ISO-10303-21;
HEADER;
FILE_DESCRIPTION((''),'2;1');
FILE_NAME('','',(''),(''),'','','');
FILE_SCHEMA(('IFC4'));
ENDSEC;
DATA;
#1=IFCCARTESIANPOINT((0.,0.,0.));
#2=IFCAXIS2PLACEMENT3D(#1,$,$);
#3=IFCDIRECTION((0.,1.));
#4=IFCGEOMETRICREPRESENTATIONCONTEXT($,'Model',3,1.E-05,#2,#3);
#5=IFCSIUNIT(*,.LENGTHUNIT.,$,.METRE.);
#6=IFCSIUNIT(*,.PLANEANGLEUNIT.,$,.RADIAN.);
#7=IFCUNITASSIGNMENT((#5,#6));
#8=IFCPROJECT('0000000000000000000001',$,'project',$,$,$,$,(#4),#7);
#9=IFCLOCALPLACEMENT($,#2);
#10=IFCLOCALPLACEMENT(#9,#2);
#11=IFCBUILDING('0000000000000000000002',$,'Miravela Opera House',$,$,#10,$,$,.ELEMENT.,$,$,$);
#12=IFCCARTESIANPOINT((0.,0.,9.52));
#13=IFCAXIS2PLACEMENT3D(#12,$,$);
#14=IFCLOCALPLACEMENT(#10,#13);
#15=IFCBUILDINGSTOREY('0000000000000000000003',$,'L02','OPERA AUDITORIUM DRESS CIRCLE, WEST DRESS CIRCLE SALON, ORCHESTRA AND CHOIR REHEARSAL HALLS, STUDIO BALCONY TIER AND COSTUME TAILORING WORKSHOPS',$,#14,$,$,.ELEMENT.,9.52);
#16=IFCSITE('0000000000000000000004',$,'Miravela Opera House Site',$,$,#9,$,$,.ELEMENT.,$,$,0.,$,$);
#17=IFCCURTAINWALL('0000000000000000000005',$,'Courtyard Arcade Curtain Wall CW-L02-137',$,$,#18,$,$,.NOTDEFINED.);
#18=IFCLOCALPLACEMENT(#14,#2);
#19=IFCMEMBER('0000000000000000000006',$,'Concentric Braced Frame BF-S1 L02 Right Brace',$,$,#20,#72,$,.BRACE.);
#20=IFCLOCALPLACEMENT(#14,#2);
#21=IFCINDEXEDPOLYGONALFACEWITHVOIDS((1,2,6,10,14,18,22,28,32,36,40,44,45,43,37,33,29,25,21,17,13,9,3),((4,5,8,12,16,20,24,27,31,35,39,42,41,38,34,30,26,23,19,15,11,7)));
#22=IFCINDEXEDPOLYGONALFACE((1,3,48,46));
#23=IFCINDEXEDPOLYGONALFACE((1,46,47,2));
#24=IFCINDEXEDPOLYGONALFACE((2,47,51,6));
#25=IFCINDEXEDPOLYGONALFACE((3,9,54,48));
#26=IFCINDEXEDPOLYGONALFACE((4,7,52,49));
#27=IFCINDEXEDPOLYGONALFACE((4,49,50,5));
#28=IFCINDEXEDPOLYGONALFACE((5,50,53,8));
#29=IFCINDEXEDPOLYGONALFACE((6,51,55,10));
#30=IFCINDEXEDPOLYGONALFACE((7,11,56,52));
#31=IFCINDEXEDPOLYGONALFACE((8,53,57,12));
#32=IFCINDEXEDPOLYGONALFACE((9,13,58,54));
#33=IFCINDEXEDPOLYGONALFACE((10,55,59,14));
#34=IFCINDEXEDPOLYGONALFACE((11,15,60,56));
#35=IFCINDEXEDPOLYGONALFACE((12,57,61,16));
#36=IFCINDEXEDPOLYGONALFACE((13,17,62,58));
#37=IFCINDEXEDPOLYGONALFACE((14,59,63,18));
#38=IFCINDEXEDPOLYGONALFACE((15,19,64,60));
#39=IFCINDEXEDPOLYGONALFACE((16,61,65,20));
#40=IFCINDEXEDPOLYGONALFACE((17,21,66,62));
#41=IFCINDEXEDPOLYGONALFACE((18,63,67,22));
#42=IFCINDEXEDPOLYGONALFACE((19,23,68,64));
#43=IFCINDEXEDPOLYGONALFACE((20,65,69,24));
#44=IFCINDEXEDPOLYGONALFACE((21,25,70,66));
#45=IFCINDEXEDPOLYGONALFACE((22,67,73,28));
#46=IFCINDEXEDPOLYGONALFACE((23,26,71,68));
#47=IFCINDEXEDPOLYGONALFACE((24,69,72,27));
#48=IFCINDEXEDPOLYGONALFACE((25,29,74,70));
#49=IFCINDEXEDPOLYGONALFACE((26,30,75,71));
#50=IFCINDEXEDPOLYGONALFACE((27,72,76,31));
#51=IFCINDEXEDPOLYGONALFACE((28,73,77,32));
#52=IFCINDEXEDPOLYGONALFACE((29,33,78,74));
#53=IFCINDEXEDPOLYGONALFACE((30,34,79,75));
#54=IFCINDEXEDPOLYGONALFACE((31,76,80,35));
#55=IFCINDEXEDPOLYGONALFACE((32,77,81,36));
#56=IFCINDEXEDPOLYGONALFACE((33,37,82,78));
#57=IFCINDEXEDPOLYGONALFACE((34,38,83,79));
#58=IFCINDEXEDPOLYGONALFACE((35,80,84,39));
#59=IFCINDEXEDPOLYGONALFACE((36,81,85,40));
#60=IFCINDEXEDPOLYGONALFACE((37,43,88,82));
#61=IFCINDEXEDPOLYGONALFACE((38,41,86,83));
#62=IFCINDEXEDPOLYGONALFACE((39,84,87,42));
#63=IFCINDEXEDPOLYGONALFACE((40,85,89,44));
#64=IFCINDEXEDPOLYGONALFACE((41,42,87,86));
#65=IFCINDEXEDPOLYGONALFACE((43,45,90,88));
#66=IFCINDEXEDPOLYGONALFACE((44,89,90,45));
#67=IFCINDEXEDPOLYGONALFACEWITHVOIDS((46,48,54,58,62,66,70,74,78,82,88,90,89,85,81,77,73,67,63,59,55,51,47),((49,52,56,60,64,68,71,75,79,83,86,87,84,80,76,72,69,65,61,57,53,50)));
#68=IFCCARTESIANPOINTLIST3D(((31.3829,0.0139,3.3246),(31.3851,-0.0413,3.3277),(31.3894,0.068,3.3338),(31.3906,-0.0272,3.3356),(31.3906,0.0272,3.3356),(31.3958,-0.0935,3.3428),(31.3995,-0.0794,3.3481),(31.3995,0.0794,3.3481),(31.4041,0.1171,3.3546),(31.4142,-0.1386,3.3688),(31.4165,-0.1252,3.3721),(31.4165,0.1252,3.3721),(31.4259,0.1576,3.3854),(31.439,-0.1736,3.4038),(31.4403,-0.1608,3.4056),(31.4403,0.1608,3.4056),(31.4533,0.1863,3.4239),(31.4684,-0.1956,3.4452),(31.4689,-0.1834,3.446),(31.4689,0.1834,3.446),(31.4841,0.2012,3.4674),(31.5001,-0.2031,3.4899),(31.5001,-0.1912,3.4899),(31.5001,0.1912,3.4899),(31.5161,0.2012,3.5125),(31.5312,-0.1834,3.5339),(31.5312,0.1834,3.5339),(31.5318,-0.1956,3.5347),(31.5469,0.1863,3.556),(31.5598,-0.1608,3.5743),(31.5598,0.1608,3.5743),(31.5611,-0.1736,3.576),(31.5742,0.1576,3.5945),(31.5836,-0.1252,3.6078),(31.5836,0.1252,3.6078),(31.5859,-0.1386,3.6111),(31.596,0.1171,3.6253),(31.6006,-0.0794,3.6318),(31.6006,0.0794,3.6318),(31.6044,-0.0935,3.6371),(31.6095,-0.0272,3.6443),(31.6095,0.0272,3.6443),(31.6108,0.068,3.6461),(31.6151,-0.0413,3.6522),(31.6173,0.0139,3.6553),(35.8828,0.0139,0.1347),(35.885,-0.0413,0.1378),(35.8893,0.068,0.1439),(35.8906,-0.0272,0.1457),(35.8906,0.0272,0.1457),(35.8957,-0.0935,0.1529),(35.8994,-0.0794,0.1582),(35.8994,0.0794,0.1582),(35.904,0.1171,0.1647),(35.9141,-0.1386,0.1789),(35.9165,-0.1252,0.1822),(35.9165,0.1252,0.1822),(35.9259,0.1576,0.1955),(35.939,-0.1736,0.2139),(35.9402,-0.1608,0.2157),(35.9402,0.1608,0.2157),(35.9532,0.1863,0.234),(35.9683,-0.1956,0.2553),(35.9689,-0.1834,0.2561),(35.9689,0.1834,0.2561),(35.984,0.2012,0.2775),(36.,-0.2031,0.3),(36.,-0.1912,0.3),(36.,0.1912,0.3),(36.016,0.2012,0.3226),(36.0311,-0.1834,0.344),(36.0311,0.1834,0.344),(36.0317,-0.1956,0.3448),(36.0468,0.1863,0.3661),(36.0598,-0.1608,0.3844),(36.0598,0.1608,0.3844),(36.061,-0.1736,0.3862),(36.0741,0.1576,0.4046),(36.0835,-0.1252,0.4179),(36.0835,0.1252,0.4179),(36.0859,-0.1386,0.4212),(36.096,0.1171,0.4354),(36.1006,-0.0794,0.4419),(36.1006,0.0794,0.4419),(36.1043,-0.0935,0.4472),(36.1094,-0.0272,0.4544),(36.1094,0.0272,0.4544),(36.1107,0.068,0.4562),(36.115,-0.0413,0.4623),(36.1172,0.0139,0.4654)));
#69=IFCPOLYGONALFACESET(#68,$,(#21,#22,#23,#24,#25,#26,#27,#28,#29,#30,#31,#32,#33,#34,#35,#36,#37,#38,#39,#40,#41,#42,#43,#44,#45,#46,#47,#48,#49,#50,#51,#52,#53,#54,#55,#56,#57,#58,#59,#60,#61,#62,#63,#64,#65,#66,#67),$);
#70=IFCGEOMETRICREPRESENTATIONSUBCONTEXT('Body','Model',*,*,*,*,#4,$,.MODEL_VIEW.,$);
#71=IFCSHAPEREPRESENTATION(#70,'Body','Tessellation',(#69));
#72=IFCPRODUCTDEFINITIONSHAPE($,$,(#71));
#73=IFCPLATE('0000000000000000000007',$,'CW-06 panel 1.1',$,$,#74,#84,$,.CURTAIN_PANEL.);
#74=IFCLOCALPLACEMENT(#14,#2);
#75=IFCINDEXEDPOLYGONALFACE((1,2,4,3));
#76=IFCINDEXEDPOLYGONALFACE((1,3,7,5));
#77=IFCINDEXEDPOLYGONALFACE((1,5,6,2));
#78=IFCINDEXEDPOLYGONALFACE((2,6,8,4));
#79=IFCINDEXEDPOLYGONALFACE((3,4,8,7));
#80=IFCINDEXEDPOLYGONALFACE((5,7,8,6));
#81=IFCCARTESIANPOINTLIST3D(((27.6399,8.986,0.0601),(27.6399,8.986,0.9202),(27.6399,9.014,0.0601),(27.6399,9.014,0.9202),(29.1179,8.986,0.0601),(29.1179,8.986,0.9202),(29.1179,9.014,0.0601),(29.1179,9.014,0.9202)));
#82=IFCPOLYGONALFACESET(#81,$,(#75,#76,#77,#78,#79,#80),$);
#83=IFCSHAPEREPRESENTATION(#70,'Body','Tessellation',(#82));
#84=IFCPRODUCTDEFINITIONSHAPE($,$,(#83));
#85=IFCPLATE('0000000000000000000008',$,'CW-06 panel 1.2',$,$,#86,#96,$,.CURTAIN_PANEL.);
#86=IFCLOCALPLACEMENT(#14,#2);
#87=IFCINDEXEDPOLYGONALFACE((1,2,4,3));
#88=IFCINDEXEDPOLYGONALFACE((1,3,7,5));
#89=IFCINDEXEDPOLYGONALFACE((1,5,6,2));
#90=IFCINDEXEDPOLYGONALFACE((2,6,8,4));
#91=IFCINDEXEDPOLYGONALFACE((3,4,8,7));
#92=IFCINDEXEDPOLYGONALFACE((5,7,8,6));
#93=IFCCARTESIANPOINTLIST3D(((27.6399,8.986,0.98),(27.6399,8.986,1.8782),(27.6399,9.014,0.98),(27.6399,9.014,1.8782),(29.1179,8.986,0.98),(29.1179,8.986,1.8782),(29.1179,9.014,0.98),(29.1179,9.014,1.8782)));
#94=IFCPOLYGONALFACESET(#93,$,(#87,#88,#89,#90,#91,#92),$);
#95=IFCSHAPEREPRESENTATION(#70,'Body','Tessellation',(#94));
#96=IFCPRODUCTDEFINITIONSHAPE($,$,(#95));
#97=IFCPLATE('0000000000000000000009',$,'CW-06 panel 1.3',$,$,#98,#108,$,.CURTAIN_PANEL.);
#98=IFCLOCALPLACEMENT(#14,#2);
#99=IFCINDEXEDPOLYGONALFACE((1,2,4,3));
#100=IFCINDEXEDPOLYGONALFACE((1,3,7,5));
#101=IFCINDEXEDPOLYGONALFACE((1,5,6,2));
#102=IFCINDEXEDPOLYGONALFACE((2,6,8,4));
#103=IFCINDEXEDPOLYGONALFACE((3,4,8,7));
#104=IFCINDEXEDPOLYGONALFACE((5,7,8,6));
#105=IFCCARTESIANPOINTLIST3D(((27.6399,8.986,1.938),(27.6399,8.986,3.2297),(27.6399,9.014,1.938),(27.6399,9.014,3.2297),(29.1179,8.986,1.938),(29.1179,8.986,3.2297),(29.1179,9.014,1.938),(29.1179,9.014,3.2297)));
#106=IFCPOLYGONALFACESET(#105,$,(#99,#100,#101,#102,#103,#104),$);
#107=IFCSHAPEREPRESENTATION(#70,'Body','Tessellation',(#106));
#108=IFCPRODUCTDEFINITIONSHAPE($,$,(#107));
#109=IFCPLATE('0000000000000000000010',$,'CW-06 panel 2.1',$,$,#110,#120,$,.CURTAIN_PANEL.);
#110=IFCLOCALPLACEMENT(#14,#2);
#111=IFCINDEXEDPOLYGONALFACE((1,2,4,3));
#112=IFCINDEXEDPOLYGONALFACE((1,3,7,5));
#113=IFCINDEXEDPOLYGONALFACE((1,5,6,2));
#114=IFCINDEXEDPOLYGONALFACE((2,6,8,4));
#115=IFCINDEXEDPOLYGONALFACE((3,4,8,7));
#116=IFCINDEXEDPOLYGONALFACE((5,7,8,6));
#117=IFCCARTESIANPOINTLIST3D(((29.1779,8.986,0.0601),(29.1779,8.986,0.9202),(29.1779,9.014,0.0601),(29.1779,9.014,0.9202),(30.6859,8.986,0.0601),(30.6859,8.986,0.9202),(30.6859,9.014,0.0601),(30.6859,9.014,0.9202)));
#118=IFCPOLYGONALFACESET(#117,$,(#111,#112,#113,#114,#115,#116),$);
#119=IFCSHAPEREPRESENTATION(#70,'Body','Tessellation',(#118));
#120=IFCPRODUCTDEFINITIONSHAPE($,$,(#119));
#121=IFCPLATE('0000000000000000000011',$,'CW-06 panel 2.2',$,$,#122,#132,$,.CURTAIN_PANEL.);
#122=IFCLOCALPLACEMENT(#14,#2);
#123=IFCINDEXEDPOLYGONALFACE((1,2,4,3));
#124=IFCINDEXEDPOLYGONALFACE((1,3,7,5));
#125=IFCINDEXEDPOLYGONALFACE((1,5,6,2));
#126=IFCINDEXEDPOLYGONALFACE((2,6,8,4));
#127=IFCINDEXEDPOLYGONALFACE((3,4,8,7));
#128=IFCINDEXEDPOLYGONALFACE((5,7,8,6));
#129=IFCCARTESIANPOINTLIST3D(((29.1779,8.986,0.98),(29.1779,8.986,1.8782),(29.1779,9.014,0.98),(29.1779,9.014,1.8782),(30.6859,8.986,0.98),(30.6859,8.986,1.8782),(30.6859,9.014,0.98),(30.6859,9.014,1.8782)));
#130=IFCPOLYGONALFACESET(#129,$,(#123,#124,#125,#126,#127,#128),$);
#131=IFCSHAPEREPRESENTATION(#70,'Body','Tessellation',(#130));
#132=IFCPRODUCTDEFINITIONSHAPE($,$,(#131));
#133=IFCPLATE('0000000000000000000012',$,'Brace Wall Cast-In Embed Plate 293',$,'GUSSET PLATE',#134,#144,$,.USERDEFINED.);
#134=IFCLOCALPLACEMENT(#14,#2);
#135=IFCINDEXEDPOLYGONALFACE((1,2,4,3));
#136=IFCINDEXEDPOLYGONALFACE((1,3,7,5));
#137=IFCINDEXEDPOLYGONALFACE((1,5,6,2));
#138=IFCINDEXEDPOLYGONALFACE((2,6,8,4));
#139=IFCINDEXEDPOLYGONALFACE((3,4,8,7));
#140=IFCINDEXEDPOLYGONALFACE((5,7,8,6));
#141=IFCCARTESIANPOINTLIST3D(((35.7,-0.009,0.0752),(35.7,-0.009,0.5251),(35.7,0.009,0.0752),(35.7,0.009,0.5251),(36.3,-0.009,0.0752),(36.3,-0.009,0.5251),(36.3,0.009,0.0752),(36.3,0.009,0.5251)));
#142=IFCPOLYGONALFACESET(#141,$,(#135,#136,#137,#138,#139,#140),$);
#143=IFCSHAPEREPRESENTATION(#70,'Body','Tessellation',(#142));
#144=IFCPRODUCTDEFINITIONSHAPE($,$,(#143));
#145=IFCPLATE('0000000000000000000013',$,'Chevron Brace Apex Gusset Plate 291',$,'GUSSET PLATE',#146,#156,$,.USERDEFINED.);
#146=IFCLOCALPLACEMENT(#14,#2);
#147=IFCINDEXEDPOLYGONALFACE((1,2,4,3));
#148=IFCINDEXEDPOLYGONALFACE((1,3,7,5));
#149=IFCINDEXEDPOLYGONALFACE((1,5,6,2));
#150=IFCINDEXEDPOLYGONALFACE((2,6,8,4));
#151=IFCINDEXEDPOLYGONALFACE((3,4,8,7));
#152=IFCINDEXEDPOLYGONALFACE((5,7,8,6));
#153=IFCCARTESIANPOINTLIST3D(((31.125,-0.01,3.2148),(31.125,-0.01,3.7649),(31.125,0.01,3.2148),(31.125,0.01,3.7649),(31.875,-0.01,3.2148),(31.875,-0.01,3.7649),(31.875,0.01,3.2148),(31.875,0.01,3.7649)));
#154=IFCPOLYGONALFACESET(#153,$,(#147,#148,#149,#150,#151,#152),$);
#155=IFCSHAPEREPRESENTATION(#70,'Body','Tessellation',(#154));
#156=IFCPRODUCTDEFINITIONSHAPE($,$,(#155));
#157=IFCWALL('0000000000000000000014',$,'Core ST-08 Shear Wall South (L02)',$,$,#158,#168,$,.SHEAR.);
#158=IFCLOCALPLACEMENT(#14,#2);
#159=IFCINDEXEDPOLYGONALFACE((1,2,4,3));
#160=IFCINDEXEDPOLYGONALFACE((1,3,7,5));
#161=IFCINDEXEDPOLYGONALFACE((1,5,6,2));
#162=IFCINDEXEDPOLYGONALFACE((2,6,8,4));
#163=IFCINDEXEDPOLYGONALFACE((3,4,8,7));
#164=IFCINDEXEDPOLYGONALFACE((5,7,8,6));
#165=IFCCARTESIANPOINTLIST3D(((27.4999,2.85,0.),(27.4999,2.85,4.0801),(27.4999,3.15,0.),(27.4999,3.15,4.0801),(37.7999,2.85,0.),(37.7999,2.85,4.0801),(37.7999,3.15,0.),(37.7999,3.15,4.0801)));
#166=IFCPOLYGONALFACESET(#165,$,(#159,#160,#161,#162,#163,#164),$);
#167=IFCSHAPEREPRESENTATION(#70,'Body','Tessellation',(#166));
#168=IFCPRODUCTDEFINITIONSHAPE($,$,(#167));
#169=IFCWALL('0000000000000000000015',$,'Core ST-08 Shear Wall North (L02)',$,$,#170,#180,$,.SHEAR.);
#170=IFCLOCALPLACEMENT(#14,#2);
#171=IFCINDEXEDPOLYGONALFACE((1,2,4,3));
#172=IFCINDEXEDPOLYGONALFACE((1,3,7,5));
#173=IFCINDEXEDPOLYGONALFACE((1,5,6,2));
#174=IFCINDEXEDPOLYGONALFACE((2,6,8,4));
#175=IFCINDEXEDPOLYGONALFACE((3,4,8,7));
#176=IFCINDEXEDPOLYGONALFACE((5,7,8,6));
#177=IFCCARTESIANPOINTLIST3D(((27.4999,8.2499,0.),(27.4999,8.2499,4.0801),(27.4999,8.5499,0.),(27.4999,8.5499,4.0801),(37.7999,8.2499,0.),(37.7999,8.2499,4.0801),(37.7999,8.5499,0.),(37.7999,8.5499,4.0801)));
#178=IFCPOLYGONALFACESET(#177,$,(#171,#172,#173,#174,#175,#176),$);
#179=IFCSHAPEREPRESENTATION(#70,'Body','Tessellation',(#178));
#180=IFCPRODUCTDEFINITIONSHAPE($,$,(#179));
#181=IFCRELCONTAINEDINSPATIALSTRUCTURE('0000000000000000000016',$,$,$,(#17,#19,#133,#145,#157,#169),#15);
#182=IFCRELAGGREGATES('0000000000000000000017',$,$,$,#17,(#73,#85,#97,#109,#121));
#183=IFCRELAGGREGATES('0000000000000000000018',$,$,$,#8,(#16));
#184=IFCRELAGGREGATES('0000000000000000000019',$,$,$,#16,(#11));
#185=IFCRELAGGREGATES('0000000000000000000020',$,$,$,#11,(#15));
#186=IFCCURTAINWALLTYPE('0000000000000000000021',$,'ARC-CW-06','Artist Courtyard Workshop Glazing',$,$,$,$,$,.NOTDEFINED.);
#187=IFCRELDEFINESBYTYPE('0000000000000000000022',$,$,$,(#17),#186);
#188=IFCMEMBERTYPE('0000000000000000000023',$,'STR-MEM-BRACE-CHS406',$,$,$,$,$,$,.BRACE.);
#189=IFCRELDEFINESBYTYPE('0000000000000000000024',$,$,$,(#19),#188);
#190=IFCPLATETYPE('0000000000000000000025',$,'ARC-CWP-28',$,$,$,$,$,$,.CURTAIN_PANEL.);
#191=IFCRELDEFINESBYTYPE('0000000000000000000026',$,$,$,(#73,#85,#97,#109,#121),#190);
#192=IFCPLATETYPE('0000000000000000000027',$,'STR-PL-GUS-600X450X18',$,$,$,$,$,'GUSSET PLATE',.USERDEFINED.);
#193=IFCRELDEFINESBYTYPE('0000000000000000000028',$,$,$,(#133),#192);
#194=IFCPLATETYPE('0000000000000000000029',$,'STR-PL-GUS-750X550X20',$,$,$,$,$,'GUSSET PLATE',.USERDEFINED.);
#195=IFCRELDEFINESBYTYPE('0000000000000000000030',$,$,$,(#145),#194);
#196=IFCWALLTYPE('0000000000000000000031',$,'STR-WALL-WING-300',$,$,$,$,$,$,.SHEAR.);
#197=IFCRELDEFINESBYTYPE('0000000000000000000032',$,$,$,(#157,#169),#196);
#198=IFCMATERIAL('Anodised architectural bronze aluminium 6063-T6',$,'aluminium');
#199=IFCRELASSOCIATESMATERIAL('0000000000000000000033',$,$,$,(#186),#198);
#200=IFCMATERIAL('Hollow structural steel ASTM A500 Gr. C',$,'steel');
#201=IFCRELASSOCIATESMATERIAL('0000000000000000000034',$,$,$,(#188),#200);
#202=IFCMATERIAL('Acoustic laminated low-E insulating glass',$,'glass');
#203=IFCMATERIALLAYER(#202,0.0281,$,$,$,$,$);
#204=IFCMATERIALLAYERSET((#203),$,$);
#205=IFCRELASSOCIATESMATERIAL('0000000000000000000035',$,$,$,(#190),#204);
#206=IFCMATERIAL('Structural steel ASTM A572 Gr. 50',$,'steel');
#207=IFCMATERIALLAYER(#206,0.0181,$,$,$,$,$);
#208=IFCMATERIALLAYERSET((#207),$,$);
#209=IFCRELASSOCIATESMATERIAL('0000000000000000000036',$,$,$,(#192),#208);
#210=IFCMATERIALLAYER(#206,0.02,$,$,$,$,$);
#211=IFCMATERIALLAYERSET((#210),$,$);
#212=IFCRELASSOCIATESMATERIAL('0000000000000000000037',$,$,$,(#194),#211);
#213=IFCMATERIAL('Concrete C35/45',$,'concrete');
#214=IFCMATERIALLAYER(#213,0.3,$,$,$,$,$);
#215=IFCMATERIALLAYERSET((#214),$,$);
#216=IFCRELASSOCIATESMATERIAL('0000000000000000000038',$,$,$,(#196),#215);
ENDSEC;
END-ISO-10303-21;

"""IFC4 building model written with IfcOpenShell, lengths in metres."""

from ifc_helpers import new_model, si_unit, direction, frame, frame_2d, origin, origin_2d, place, context, subcontext, project, spatial, rectangle, hollow_circle, extrude, material, layer, layer_set, material_profile, profile_set, type_object, element, aggregate, save


model = new_model("IFC4")

# Units and contexts
model_context = context("Model", 3, precision=1e-05, world=origin(), true_north=direction((0.0, 1.0)))
body_context = subcontext(model_context, "Body", "Model", "MODEL_VIEW")
ifc_project = project(units=[si_unit("LENGTHUNIT", "METRE"), si_unit("PLANEANGLEUNIT", "RADIAN")], contexts=[model_context])

# Site, building, storey
site_placement = place(None, origin())
site = spatial("IfcSite", under=ifc_project, at=site_placement, Name="Miravela Opera House Site", CompositionType="ELEMENT", RefElevation=0.0)
building_placement = place(site_placement, origin())
building = spatial("IfcBuilding", under=site, at=building_placement, Name="Miravela Opera House", CompositionType="ELEMENT")
storey_placement = place(building_placement, frame((0.0, 0.0, 9.52)))
storey = spatial("IfcBuildingStorey", under=building, at=storey_placement, Name="L02", Description="OPERA AUDITORIUM DRESS CIRCLE, WEST DRESS CIRCLE SALON, ORCHESTRA AND CHOIR REHEARSAL HALLS, STUDIO BALCONY TIER AND COSTUME TAILORING WORKSHOPS", CompositionType="ELEMENT", Elevation=9.52)

# Shared definitions
ifc_material_1 = material(Name="Concrete C35/45", Category="concrete")

# Curtain wall
ifc_material_2 = material(Name="Anodised architectural bronze aluminium 6063-T6", Category="aluminium")
curtain_wall_type = type_object("IfcCurtainWallType", Name="ARC-CW-06", Description="Artist Courtyard Workshop Glazing", PredefinedType="NOTDEFINED", material=ifc_material_2)
curtain_wall_placement = place(storey_placement, origin())
curtain_wall = element("IfcCurtainWall", 1, at=curtain_wall_placement, inside=storey, type_object=curtain_wall_type, Name="Courtyard Arcade Curtain Wall CW-L02-137", PredefinedType="NOTDEFINED")

# Member
ifc_material_3 = material(Name="Hollow structural steel ASTM A500 Gr. C", Category="steel")
ifc_material_profile_1 = material_profile(ifc_material_3, hollow_circle(Radius=0.2031, WallThickness=0.012, at=origin_2d()), Name="CHS406X12")
ifc_profile_set_1 = profile_set([ifc_material_profile_1])
member_type_1 = type_object("IfcMemberType", Name="STR-MEM-BRACE-CHS406", PredefinedType="BRACE", material=ifc_profile_set_1)
member_1_placement = place(storey_placement, frame((36.0, 0.0, 0.3), z_axis=(-0.815816, 0.0, 0.578312), x_axis=(0.0, -1.0, 0.0)))
element("IfcMember", 2, at=member_1_placement, inside=storey, type_object=member_type_1, Name="Concentric Braced Frame BF-S1 L02 Right Brace", PredefinedType="BRACE", context=body_context, shape_type="SweptSolid", body=[
    extrude(hollow_circle(Radius=0.2031, WallThickness=0.012, at=origin_2d()), origin(), (0.0, 0.0, 1.0), 5.5159),
])

# Plates
ifc_material_4 = material(Name="Acoustic laminated low-E insulating glass", Category="glass")
ifc_layer_1 = layer(ifc_material_4, 0.0281)
ifc_layer_set_1 = layer_set([ifc_layer_1])
plate_type_1 = type_object("IfcPlateType", Name="ARC-CWP-28", PredefinedType="CURTAIN_PANEL", material=ifc_layer_set_1)
plate_1_placement = place(storey_placement, frame((28.3789, 9.0, 0.0601), z_axis=(0.0, 0.0, 1.0), x_axis=(1.0, 0.0, 0.0)))
plate_1 = element("IfcPlate", 3, at=plate_1_placement, type_object=plate_type_1, Name="CW-06 panel 1.1", PredefinedType="CURTAIN_PANEL", context=body_context, shape_type="SweptSolid", body=[
    extrude(rectangle(XDim=1.478, YDim=0.0281, at=origin_2d()), origin(), (0.0, 0.0, 1.0), 0.8601),
])
plate_2_placement = place(storey_placement, frame((28.3789, 9.0, 0.98), z_axis=(0.0, 0.0, 1.0), x_axis=(1.0, 0.0, 0.0)))
plate_2 = element("IfcPlate", 4, at=plate_2_placement, type_object=plate_type_1, Name="CW-06 panel 1.2", PredefinedType="CURTAIN_PANEL", context=body_context, shape_type="SweptSolid", body=[
    extrude(rectangle(XDim=1.478, YDim=0.0281, at=origin_2d()), origin(), (0.0, 0.0, 1.0), 0.8982),
])
plate_3_placement = place(storey_placement, frame((28.3789, 9.0, 1.938), z_axis=(0.0, 0.0, 1.0), x_axis=(1.0, 0.0, 0.0)))
plate_3 = element("IfcPlate", 5, at=plate_3_placement, type_object=plate_type_1, Name="CW-06 panel 1.3", PredefinedType="CURTAIN_PANEL", context=body_context, shape_type="SweptSolid", body=[
    extrude(rectangle(XDim=1.478, YDim=0.0281, at=origin_2d()), origin(), (0.0, 0.0, 1.0), 1.2917),
])
plate_4_placement = place(storey_placement, frame((29.9319, 9.0, 0.0601), z_axis=(0.0, 0.0, 1.0), x_axis=(1.0, 0.0, 0.0)))
plate_4 = element("IfcPlate", 6, at=plate_4_placement, type_object=plate_type_1, Name="CW-06 panel 2.1", PredefinedType="CURTAIN_PANEL", context=body_context, shape_type="SweptSolid", body=[
    extrude(rectangle(XDim=1.5081, YDim=0.0281, at=origin_2d()), origin(), (0.0, 0.0, 1.0), 0.8601),
])
plate_5_placement = place(storey_placement, frame((29.9319, 9.0, 0.98), z_axis=(0.0, 0.0, 1.0), x_axis=(1.0, 0.0, 0.0)))
plate_5 = element("IfcPlate", 7, at=plate_5_placement, type_object=plate_type_1, Name="CW-06 panel 2.2", PredefinedType="CURTAIN_PANEL", context=body_context, shape_type="SweptSolid", body=[
    extrude(rectangle(XDim=1.5081, YDim=0.0281, at=origin_2d()), origin(), (0.0, 0.0, 1.0), 0.8982),
])
aggregate(curtain_wall, [plate_1, plate_2, plate_3, plate_4, plate_5])

# Plates
ifc_material_5 = material(Name="Structural steel ASTM A572 Gr. 50", Category="steel")
ifc_layer_2 = layer(ifc_material_5, 0.0181)
ifc_layer_set_2 = layer_set([ifc_layer_2])
plate_type_2 = type_object("IfcPlateType", Name="STR-PL-GUS-600X450X18", ElementType="GUSSET PLATE", PredefinedType="USERDEFINED", material=ifc_layer_set_2)
plate_6_placement = place(storey_placement, frame((36.0, 0.0, 0.0752), z_axis=(0.0, 0.0, 1.0), x_axis=(1.0, 0.0, 0.0)))
element("IfcPlate", 8, at=plate_6_placement, inside=storey, type_object=plate_type_2, Name="Brace Wall Cast-In Embed Plate 293", ObjectType="GUSSET PLATE", PredefinedType="USERDEFINED", context=body_context, shape_type="SweptSolid", body=[
    extrude(rectangle(XDim=0.6001, YDim=0.0181, at=origin_2d()), origin(), (0.0, 0.0, 1.0), 0.45),
])
ifc_layer_3 = layer(ifc_material_5, 0.02)
ifc_layer_set_3 = layer_set([ifc_layer_3])
plate_type_3 = type_object("IfcPlateType", Name="STR-PL-GUS-750X550X20", ElementType="GUSSET PLATE", PredefinedType="USERDEFINED", material=ifc_layer_set_3)
plate_7_placement = place(storey_placement, frame((31.5, 0.0, 3.2148), z_axis=(0.0, 0.0, 1.0), x_axis=(1.0, 0.0, 0.0)))
element("IfcPlate", 9, at=plate_7_placement, inside=storey, type_object=plate_type_3, Name="Chevron Brace Apex Gusset Plate 291", ObjectType="GUSSET PLATE", PredefinedType="USERDEFINED", context=body_context, shape_type="SweptSolid", body=[
    extrude(rectangle(XDim=0.75, YDim=0.02, at=origin_2d()), origin(), (0.0, 0.0, 1.0), 0.55),
])

# Walls
ifc_layer_4 = layer(ifc_material_1, 0.3)
ifc_layer_set_4 = layer_set([ifc_layer_4])
wall_type = type_object("IfcWallType", Name="STR-WALL-WING-300", PredefinedType="SHEAR", material=ifc_layer_set_4)
for number, where, z_axis, x_axis, name in (
    (10, (27.5, 3.0, 0.0), (0.0, 0.0, 1.0), (1.0, 0.0, 0.0), "Core ST-08 Shear Wall South (L02)"),
    (11, (27.5, 8.3999, 0.0), (0.0, 0.0, 1.0), (1.0, 0.0, 0.0), "Core ST-08 Shear Wall North (L02)"),
):
    element("IfcWall", number, at=place(storey_placement, frame(where, z_axis=z_axis, x_axis=x_axis)), inside=storey, type_object=wall_type, Name=name, PredefinedType="SHEAR", context=body_context, shape_type="SweptSolid", body=[
        extrude(rectangle(XDim=10.3, YDim=0.3, at=frame_2d((5.1499, 0.0))), origin(), (0.0, 0.0, 1.0), 4.0801),
    ])

save(model, "model.ifc")
